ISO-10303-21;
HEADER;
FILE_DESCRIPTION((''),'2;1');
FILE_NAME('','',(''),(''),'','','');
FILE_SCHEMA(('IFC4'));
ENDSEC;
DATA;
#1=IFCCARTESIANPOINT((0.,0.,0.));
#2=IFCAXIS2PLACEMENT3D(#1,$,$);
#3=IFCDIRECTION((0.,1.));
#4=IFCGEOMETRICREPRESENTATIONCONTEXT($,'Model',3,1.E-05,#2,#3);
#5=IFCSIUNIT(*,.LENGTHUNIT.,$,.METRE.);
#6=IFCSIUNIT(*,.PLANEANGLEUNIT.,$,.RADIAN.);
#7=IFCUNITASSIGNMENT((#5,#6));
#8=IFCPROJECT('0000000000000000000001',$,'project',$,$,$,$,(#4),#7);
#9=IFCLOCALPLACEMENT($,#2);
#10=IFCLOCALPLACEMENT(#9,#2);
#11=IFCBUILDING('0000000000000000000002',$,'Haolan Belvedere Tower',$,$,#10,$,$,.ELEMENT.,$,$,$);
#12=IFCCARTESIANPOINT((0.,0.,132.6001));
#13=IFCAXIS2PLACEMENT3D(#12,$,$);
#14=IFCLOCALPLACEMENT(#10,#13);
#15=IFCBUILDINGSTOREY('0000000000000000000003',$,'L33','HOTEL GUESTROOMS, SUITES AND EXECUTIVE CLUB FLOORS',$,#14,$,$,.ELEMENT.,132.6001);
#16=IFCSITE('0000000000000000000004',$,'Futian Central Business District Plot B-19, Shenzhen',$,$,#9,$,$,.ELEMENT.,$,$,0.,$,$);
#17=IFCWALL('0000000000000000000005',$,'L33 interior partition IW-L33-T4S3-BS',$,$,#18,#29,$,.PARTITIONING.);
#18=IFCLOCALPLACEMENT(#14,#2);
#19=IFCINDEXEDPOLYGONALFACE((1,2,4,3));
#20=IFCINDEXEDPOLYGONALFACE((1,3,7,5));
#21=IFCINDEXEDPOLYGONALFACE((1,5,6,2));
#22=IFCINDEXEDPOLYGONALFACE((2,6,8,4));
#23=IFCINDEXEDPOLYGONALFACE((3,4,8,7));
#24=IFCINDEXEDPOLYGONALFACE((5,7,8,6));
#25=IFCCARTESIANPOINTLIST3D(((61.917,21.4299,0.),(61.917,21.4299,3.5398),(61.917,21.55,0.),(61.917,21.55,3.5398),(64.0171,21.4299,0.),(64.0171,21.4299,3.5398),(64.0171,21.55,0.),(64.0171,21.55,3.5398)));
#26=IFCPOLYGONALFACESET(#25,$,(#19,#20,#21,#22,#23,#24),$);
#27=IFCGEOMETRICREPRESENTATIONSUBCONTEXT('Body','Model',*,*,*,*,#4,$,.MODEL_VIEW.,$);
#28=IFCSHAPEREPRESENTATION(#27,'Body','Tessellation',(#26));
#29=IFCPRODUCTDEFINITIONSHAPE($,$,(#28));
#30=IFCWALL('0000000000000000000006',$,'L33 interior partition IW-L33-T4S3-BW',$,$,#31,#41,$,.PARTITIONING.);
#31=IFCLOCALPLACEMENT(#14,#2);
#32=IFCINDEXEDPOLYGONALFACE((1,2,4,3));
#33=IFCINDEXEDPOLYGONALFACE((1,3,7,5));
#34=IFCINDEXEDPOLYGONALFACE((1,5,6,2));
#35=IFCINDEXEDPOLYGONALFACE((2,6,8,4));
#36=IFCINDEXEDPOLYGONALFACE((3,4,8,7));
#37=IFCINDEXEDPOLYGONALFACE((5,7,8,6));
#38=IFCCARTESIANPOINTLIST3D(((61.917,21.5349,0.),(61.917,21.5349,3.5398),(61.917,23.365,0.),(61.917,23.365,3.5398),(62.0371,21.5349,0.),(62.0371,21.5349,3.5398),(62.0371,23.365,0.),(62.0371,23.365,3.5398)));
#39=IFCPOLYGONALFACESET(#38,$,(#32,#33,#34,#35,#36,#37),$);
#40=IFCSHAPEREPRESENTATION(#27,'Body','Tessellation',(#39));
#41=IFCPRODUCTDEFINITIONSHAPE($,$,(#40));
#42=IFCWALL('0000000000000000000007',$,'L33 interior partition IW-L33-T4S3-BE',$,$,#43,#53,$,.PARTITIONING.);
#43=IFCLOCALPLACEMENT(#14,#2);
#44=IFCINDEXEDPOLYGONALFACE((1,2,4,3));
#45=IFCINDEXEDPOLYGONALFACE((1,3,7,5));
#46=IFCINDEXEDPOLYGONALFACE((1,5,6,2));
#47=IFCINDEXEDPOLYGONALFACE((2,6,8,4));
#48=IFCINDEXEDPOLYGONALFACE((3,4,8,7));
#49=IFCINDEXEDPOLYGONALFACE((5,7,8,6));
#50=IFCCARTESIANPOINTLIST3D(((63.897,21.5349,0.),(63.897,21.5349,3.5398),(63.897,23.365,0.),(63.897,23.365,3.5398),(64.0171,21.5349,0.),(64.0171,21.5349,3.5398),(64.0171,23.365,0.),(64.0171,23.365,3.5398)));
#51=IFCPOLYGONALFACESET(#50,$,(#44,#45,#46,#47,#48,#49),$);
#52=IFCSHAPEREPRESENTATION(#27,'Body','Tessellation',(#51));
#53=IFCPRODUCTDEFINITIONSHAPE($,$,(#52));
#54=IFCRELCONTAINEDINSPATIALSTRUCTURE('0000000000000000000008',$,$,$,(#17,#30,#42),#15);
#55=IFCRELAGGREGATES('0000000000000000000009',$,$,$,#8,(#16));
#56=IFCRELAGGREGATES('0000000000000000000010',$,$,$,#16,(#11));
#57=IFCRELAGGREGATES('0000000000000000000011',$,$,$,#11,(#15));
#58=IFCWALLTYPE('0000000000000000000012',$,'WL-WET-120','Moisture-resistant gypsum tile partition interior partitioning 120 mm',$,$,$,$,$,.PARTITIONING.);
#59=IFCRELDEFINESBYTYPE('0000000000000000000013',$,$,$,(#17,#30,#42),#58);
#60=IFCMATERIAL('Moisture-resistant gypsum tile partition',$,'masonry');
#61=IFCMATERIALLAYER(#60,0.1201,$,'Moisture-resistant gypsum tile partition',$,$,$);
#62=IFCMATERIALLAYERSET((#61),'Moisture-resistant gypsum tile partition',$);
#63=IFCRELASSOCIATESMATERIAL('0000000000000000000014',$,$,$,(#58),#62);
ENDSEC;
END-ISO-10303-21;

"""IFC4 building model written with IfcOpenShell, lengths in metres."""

from ifc_helpers import new_model, si_unit, direction, frame, frame_2d, origin, place, context, subcontext, project, spatial, rectangle, extrude, material, layer, layer_set, type_object, element, save


model = new_model("IFC4")

# Units and contexts
model_context = context("Model", 3, precision=1e-05, world=origin(), true_north=direction((0.0, 1.0)))
body_context = subcontext(model_context, "Body", "Model", "MODEL_VIEW")
ifc_project = project(units=[si_unit("LENGTHUNIT", "METRE"), si_unit("PLANEANGLEUNIT", "RADIAN")], contexts=[model_context])

# Site, building, storey
site_placement = place(None, origin())
site = spatial("IfcSite", under=ifc_project, at=site_placement, Name="Futian Central Business District Plot B-19, Shenzhen", CompositionType="ELEMENT", RefElevation=0.0)
building_placement = place(site_placement, origin())
building = spatial("IfcBuilding", under=site, at=building_placement, Name="Haolan Belvedere Tower", CompositionType="ELEMENT")
storey_placement = place(building_placement, frame((0.0, 0.0, 132.6001)))
storey = spatial("IfcBuildingStorey", under=building, at=storey_placement, Name="L33", Description="HOTEL GUESTROOMS, SUITES AND EXECUTIVE CLUB FLOORS", CompositionType="ELEMENT", Elevation=132.6001)

# Shared definitions
ifc_material_1 = material(Name="Moisture-resistant gypsum tile partition", Category="masonry")
ifc_layer_1 = layer(ifc_material_1, 0.1201, Name="Moisture-resistant gypsum tile partition")
ifc_layer_set_1 = layer_set([ifc_layer_1], Name="Moisture-resistant gypsum tile partition")
wall_type_1 = type_object("IfcWallType", Name="WL-WET-120", Description="Moisture-resistant gypsum tile partition interior partitioning 120 mm", PredefinedType="PARTITIONING", material=ifc_layer_set_1)

# Walls
wall_1_placement = place(storey_placement, frame((61.917, 21.49, 0.0), z_axis=(0.0, 0.0, 1.0), x_axis=(1.0, 0.0, 0.0)))
element("IfcWall", 1, at=wall_1_placement, inside=storey, type_object=wall_type_1, Name="L33 interior partition IW-L33-T4S3-BS", PredefinedType="PARTITIONING", context=body_context, shape_type="SweptSolid", body=[
    extrude(rectangle(XDim=2.1001, YDim=0.1201, at=frame_2d((1.05, 0.0))), origin(), (0.0, 0.0, 1.0), 3.5398),
])
for number, where, z_axis, x_axis, name in (
    (2, (61.9771, 21.5349, 0.0), (0.0, 0.0, 1.0), (0.0, 1.0, 0.0), "L33 interior partition IW-L33-T4S3-BW"),
    (3, (63.957, 21.5349, 0.0), (0.0, 0.0, 1.0), (0.0, 1.0, 0.0), "L33 interior partition IW-L33-T4S3-BE"),
):
    element("IfcWall", number, at=place(storey_placement, frame(where, z_axis=z_axis, x_axis=x_axis)), inside=storey, type_object=wall_type_1, Name=name, PredefinedType="PARTITIONING", context=body_context, shape_type="SweptSolid", body=[
        extrude(rectangle(XDim=1.8301, YDim=0.1201, at=frame_2d((0.915, 0.0))), origin(), (0.0, 0.0, 1.0), 3.5398),
    ])

save(model, "model.ifc")
